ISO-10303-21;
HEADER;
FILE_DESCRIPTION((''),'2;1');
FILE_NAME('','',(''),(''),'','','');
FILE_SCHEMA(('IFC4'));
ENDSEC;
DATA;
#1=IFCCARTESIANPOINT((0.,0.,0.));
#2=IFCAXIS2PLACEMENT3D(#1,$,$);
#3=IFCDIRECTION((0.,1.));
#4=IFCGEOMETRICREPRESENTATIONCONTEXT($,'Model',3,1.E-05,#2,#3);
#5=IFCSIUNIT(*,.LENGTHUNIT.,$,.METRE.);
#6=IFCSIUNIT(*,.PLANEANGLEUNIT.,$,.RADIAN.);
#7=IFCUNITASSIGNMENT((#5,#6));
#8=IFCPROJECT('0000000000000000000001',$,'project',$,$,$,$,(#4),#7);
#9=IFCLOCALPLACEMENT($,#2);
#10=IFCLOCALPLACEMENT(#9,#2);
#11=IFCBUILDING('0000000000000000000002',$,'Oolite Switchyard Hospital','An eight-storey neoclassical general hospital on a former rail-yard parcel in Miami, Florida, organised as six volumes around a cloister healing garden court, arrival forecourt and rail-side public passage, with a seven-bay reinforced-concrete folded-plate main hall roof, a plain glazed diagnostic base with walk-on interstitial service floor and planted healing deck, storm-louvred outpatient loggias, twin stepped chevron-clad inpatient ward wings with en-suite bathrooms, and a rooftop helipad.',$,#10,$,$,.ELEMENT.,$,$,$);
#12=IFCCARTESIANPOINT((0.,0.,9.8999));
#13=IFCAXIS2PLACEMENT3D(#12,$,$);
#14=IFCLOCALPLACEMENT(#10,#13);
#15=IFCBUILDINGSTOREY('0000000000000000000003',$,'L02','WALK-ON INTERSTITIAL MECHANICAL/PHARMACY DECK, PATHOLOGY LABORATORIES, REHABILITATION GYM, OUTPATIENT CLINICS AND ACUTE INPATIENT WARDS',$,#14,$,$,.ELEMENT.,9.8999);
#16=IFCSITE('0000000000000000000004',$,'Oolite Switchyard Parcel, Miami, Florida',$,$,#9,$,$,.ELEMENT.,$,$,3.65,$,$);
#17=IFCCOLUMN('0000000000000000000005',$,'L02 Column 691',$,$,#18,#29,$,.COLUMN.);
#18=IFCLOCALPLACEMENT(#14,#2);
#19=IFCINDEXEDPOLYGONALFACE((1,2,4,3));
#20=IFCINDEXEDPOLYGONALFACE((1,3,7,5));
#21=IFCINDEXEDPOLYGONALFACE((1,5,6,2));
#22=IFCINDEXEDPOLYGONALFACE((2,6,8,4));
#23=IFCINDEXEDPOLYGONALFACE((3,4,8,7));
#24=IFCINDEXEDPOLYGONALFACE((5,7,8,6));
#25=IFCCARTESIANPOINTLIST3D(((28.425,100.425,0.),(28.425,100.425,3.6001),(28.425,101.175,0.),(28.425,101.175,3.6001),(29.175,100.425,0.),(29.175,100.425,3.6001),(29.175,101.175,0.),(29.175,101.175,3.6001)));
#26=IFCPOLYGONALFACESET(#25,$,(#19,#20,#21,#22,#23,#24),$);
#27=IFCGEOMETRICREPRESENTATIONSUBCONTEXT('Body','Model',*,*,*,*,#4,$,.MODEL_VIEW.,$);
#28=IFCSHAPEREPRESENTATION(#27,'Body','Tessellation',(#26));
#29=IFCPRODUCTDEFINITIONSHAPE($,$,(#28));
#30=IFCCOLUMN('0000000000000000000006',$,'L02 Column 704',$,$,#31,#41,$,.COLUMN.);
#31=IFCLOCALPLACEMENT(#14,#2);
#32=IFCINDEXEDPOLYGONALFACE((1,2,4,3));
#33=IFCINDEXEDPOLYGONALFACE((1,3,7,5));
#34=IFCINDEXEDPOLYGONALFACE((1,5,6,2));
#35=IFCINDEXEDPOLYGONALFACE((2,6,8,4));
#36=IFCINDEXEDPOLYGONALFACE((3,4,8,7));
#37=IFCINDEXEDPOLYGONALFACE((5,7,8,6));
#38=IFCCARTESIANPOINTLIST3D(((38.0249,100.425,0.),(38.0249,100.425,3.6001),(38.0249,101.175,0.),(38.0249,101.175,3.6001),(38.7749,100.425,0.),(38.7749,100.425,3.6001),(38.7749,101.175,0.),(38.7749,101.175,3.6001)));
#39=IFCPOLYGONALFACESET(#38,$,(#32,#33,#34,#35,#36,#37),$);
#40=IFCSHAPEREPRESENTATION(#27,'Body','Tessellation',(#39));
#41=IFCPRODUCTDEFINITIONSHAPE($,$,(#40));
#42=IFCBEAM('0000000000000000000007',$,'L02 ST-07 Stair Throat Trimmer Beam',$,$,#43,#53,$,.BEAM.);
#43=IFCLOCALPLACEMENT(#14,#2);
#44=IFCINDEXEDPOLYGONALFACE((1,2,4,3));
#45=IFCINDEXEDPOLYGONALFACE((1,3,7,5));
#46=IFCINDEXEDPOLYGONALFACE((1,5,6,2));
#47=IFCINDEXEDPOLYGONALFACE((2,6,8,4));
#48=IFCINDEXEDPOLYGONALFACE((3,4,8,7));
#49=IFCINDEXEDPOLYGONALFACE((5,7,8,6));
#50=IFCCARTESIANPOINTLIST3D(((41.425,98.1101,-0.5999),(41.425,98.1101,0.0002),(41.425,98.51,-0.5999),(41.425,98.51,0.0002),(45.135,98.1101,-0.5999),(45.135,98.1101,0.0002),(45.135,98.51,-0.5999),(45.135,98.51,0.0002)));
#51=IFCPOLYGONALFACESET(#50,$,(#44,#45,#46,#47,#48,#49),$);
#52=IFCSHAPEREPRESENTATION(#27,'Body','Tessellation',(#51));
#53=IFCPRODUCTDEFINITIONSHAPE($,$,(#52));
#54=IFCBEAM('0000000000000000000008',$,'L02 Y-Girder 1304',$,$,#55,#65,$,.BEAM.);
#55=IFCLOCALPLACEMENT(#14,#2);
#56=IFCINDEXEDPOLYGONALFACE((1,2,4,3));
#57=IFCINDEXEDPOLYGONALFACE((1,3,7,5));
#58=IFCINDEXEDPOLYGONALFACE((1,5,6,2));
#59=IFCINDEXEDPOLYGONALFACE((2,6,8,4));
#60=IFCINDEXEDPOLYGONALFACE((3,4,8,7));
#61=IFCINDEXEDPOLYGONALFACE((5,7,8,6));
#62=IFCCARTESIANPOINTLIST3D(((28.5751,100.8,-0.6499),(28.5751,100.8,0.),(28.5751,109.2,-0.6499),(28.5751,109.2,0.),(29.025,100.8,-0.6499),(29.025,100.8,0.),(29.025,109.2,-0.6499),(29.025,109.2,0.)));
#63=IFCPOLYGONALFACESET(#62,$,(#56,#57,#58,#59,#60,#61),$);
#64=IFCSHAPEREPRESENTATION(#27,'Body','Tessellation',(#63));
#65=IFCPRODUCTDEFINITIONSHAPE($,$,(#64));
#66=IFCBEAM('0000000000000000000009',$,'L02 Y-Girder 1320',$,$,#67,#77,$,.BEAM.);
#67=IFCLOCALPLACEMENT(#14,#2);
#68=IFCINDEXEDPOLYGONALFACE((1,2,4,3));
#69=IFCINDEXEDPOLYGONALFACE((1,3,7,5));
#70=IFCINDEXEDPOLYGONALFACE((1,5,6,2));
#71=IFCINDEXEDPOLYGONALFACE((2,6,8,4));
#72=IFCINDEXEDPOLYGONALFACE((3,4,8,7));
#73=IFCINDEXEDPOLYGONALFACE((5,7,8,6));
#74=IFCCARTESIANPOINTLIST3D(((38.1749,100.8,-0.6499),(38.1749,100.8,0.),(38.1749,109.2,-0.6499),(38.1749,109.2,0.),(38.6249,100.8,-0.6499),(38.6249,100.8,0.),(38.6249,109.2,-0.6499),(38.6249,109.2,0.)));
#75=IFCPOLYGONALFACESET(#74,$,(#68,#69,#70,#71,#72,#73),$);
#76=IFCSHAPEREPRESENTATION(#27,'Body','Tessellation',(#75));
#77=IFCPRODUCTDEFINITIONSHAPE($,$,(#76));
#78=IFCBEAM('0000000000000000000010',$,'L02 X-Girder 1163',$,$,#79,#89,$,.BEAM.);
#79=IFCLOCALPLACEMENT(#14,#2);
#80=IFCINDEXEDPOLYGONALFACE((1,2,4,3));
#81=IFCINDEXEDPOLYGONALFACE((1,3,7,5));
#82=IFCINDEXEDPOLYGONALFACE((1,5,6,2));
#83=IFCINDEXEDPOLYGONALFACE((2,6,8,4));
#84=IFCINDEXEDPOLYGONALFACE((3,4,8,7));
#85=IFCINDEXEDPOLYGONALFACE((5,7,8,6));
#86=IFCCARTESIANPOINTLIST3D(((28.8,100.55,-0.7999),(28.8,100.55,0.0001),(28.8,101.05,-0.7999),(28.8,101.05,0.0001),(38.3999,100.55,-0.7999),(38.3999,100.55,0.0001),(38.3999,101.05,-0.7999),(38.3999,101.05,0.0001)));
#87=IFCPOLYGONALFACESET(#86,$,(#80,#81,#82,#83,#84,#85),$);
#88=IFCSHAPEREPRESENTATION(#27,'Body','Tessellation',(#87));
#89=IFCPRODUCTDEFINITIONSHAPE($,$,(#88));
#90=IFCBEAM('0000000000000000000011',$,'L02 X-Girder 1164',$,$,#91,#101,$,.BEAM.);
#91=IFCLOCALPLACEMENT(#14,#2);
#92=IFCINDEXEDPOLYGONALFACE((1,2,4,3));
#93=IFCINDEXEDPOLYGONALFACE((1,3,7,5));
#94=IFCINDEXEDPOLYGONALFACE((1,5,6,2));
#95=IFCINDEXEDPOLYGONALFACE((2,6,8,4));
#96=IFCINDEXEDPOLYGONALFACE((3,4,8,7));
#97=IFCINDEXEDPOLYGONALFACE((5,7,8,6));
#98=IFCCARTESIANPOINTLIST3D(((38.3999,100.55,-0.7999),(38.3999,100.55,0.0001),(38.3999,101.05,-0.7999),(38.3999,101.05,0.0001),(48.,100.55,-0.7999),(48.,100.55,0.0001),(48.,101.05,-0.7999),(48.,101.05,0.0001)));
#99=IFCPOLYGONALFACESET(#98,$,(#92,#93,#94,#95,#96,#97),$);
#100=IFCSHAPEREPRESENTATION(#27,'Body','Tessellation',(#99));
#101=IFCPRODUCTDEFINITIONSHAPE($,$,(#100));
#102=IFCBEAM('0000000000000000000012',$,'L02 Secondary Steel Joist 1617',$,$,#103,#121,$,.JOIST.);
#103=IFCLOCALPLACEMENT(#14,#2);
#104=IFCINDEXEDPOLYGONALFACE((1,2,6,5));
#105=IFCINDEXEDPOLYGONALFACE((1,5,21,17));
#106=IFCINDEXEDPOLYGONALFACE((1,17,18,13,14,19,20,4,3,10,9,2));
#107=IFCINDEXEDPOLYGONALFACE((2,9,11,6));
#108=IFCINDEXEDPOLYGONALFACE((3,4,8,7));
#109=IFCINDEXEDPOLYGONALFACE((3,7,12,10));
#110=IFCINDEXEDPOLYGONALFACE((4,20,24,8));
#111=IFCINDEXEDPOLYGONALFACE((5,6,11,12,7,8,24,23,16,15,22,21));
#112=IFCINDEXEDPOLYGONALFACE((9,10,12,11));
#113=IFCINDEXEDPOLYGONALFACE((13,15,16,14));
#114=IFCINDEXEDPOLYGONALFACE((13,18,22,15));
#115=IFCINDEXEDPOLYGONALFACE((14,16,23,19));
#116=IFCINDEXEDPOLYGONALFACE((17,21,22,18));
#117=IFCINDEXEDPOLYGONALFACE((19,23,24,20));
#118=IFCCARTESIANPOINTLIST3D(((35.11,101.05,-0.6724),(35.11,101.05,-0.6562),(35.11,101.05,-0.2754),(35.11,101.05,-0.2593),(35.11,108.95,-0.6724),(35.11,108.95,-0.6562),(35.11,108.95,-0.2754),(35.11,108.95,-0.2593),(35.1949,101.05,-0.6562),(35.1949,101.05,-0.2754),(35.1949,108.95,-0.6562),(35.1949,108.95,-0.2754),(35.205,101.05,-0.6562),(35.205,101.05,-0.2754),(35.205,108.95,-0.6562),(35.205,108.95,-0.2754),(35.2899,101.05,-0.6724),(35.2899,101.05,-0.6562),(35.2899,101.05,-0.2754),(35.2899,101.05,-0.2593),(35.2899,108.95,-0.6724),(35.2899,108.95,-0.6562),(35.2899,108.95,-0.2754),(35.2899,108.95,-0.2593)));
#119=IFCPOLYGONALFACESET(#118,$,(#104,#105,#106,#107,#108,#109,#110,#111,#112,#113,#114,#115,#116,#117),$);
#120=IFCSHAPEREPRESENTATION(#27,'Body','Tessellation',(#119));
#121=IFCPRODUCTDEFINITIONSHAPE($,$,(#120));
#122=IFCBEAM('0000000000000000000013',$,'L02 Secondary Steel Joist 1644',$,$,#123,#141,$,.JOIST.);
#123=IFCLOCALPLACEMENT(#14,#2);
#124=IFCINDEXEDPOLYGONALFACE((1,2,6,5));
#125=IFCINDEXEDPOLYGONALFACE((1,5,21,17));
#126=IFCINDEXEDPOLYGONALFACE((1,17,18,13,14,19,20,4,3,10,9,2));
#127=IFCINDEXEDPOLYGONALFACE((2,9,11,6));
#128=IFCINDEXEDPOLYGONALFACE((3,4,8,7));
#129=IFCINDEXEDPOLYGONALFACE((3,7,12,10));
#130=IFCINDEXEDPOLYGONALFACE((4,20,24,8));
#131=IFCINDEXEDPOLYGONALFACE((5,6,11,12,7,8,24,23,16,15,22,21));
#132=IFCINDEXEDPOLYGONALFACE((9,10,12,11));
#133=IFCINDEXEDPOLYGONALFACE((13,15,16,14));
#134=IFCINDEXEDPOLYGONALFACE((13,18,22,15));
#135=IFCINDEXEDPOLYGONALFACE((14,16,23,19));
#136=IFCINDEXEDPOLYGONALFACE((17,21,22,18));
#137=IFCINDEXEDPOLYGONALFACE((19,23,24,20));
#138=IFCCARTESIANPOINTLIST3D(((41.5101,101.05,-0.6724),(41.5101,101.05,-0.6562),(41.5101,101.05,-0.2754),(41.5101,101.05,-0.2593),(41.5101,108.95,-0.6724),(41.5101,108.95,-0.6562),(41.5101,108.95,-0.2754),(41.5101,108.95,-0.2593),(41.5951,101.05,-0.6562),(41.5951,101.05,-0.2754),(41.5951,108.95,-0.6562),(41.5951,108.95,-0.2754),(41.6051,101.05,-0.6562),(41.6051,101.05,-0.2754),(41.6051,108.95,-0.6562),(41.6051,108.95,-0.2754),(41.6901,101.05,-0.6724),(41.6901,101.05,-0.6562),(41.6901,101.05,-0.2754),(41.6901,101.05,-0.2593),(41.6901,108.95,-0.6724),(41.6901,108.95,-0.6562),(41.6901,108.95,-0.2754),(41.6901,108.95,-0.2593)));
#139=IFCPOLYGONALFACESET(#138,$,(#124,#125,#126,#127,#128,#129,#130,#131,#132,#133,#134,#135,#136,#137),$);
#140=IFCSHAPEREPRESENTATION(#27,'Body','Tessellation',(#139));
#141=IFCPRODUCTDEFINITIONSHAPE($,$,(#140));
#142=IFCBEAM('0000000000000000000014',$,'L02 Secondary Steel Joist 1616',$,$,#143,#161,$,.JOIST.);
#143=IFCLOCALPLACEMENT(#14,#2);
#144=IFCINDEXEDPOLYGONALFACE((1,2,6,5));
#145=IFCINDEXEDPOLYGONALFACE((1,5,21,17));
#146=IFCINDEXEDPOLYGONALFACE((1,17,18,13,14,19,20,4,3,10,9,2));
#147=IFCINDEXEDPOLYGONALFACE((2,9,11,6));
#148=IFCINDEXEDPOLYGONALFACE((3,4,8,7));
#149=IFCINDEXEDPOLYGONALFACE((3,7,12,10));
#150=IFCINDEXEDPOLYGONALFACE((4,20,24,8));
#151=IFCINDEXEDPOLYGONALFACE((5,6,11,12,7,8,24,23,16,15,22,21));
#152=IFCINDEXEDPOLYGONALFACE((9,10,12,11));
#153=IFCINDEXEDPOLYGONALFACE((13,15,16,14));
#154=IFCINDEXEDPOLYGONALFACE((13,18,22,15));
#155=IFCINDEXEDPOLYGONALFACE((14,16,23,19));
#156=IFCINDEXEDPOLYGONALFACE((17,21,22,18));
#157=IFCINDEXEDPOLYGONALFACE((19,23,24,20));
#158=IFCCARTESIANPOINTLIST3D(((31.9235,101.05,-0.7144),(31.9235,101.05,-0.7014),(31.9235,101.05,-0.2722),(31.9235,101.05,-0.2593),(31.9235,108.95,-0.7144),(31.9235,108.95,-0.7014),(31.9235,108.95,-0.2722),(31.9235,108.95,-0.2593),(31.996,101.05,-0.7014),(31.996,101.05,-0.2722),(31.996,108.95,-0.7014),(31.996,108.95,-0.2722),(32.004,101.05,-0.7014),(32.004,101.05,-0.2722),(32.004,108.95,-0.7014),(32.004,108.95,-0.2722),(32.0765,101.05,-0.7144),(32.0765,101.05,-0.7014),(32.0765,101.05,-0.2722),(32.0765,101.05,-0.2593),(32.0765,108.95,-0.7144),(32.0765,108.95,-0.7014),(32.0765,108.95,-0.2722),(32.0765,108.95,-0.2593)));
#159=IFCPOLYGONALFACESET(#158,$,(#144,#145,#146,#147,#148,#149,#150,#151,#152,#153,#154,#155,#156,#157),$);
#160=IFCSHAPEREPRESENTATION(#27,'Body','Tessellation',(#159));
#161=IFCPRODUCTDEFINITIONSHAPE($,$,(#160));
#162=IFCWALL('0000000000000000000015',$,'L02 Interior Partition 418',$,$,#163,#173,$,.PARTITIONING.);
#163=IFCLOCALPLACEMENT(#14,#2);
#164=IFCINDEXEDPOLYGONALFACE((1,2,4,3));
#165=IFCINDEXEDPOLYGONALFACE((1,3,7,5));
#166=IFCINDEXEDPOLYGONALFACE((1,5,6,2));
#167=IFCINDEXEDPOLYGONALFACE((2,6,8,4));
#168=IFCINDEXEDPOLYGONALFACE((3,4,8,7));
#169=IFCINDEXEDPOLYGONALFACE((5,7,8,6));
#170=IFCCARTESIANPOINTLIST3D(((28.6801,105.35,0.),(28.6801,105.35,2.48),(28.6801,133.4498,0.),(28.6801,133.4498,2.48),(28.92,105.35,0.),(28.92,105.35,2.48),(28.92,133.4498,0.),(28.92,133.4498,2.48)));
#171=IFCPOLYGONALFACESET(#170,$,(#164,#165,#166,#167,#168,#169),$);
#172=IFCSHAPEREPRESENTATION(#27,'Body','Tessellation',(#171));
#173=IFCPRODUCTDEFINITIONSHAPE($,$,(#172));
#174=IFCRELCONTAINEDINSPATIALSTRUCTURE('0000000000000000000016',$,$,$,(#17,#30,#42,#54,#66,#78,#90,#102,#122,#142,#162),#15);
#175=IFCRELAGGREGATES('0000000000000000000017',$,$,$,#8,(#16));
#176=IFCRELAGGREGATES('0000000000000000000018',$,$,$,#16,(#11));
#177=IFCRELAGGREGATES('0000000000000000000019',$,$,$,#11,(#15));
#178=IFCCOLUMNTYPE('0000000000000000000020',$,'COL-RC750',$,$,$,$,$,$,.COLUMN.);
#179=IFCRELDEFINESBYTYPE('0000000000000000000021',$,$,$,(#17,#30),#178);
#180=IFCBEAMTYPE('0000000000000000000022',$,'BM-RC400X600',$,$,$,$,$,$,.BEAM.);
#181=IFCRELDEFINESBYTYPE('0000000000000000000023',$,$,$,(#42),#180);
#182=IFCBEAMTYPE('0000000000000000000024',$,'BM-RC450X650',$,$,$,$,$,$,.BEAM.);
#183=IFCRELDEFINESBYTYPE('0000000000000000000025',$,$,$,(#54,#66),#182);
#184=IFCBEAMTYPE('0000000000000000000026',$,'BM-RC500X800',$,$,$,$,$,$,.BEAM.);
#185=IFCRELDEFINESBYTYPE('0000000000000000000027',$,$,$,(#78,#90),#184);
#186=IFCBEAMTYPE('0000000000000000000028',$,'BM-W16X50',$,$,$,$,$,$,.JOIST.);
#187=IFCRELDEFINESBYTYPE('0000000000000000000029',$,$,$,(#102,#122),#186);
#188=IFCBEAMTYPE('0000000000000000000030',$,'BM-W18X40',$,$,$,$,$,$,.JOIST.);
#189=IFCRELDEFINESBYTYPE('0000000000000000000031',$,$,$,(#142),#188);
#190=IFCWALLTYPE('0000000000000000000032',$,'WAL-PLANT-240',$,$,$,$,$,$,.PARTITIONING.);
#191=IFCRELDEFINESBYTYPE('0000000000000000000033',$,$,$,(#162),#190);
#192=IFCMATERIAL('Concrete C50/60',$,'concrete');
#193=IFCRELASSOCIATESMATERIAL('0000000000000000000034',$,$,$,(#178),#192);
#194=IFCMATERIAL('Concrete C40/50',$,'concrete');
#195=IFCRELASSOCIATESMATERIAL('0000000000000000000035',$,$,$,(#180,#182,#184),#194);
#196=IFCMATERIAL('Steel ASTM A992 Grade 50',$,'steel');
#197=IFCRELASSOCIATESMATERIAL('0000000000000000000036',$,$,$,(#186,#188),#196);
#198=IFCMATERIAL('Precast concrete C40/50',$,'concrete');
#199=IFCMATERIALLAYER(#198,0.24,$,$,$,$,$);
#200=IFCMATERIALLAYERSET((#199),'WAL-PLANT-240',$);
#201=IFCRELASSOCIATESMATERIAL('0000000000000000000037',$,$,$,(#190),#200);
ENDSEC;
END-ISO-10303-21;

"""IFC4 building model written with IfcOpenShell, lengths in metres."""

from ifc_helpers import new_model, si_unit, direction, frame, frame_2d, origin, origin_2d, place, context, subcontext, project, spatial, rectangle, i_section, extrude, material, layer, layer_set, material_profile, profile_set, type_object, element, save


model = new_model("IFC4")

# Units and contexts
model_context = context("Model", 3, precision=1e-05, world=origin(), true_north=direction((0.0, 1.0)))
body_context = subcontext(model_context, "Body", "Model", "MODEL_VIEW")
ifc_project = project(units=[si_unit("LENGTHUNIT", "METRE"), si_unit("PLANEANGLEUNIT", "RADIAN")], contexts=[model_context])

# Site, building, storey
site_placement = place(None, origin())
site = spatial("IfcSite", under=ifc_project, at=site_placement, Name="Oolite Switchyard Parcel, Miami, Florida", CompositionType="ELEMENT", RefElevation=3.65)
building_placement = place(site_placement, origin())
building = spatial("IfcBuilding", under=site, at=building_placement, Name="Oolite Switchyard Hospital", Description="An eight-storey neoclassical general hospital on a former rail-yard parcel in Miami, Florida, organised as six volumes around a cloister healing garden court, arrival forecourt and rail-side public passage, with a seven-bay reinforced-concrete folded-plate main hall roof, a plain glazed diagnostic base with walk-on interstitial service floor and planted healing deck, storm-louvred outpatient loggias, twin stepped chevron-clad inpatient ward wings with en-suite bathrooms, and a rooftop helipad.", CompositionType="ELEMENT")
storey_placement = place(building_placement, frame((0.0, 0.0, 9.8999)))
storey = spatial("IfcBuildingStorey", under=building, at=storey_placement, Name="L02", Description="WALK-ON INTERSTITIAL MECHANICAL/PHARMACY DECK, PATHOLOGY LABORATORIES, REHABILITATION GYM, OUTPATIENT CLINICS AND ACUTE INPATIENT WARDS", CompositionType="ELEMENT", Elevation=9.8999)

# Columns
ifc_material_1 = material(Name="Concrete C50/60", Category="concrete")
ifc_material_profile_1 = material_profile(ifc_material_1, rectangle(XDim=0.75, YDim=0.75, at=origin_2d()), Name="RC750X750")
ifc_profile_set_1 = profile_set([ifc_material_profile_1], Name="Concrete C50/60")
column_type = type_object("IfcColumnType", Name="COL-RC750", PredefinedType="COLUMN", material=ifc_profile_set_1)
for number, where, z_axis, x_axis, name in (
    (1, (28.8, 100.8, 0.0), (0.0, 0.0, 1.0), (1.0, 0.0, 0.0), "L02 Column 691"),
    (2, (38.3999, 100.8, 0.0), (0.0, 0.0, 1.0), (1.0, 0.0, 0.0), "L02 Column 704"),
):
    element("IfcColumn", number, at=place(storey_placement, frame(where, z_axis=z_axis, x_axis=x_axis)), inside=storey, type_object=column_type, Name=name, PredefinedType="COLUMN", context=body_context, shape_type="SweptSolid", body=[
        extrude(rectangle(XDim=0.75, YDim=0.75, at=origin_2d()), origin(), (0.0, 0.0, 1.0), 3.6001),
    ])

# Beams
ifc_material_2 = material(Name="Concrete C40/50", Category="concrete")
ifc_material_profile_2 = material_profile(ifc_material_2, rectangle(XDim=0.3999, YDim=0.6001, at=origin_2d()), Name="RCB400X600")
ifc_profile_set_2 = profile_set([ifc_material_profile_2], Name="Concrete C40/50")
beam_type_1 = type_object("IfcBeamType", Name="BM-RC400X600", PredefinedType="BEAM", material=ifc_profile_set_2)
beam_1_placement = place(storey_placement, frame((41.425, 98.3101, -0.2998), z_axis=(1.0, 0.0, 0.0), x_axis=(0.0, 1.0, 0.0)))
element("IfcBeam", 3, at=beam_1_placement, inside=storey, type_object=beam_type_1, Name="L02 ST-07 Stair Throat Trimmer Beam", PredefinedType="BEAM", context=body_context, shape_type="SweptSolid", body=[
    extrude(rectangle(XDim=0.3999, YDim=0.6001, at=origin_2d()), origin(), (0.0, 0.0, 1.0), 3.71),
])
ifc_material_profile_3 = material_profile(ifc_material_2, rectangle(XDim=0.45, YDim=0.6499, at=origin_2d()), Name="RCB450X650")
ifc_profile_set_3 = profile_set([ifc_material_profile_3], Name="Concrete C40/50")
beam_type_2 = type_object("IfcBeamType", Name="BM-RC450X650", PredefinedType="BEAM", material=ifc_profile_set_3)
for number, where, z_axis, x_axis, name in (
    (4, (28.8, 100.8, -0.325), (0.0, 1.0, 0.0), (-1.0, 0.0, 0.0), "L02 Y-Girder 1304"),
    (5, (38.3999, 100.8, -0.325), (0.0, 1.0, 0.0), (-1.0, 0.0, 0.0), "L02 Y-Girder 1320"),
):
    element("IfcBeam", number, at=place(storey_placement, frame(where, z_axis=z_axis, x_axis=x_axis)), inside=storey, type_object=beam_type_2, Name=name, PredefinedType="BEAM", context=body_context, shape_type="SweptSolid", body=[
        extrude(rectangle(XDim=0.45, YDim=0.6499, at=origin_2d()), origin(), (0.0, 0.0, 1.0), 8.3999),
    ])
ifc_material_profile_4 = material_profile(ifc_material_2, rectangle(XDim=0.5, YDim=0.8, at=origin_2d()), Name="RCB500X800")
ifc_profile_set_4 = profile_set([ifc_material_profile_4], Name="Concrete C40/50")
beam_type_3 = type_object("IfcBeamType", Name="BM-RC500X800", PredefinedType="BEAM", material=ifc_profile_set_4)
beam_2_placement = place(storey_placement, frame((28.8, 100.8, -0.3999), z_axis=(1.0, 0.0, 0.0), x_axis=(0.0, 1.0, 0.0)))
element("IfcBeam", 6, at=beam_2_placement, inside=storey, type_object=beam_type_3, Name="L02 X-Girder 1163", PredefinedType="BEAM", context=body_context, shape_type="SweptSolid", body=[
    extrude(rectangle(XDim=0.5, YDim=0.8, at=origin_2d()), origin(), (0.0, 0.0, 1.0), 9.5999),
])
beam_3_placement = place(storey_placement, frame((38.3999, 100.8, -0.3999), z_axis=(1.0, 0.0, 0.0), x_axis=(0.0, 1.0, 0.0)))
element("IfcBeam", 7, at=beam_3_placement, inside=storey, type_object=beam_type_3, Name="L02 X-Girder 1164", PredefinedType="BEAM", context=body_context, shape_type="SweptSolid", body=[
    extrude(rectangle(XDim=0.5, YDim=0.8, at=origin_2d()), origin(), (0.0, 0.0, 1.0), 9.6001),
])
ifc_material_3 = material(Name="Steel ASTM A992 Grade 50", Category="steel")
ifc_material_profile_5 = material_profile(ifc_material_3, i_section(OverallWidth=0.1799, OverallDepth=0.4131, WebThickness=0.01, FlangeThickness=0.0161, at=origin_2d()), Name="W16X50")
ifc_profile_set_5 = profile_set([ifc_material_profile_5], Name="Steel ASTM A992 Grade 50")
beam_type_4 = type_object("IfcBeamType", Name="BM-W16X50", PredefinedType="JOIST", material=ifc_profile_set_5)
for number, where, z_axis, x_axis, name in (
    (8, (35.2, 101.05, -0.4658), (0.0, 1.0, 0.0), (-1.0, 0.0, 0.0), "L02 Secondary Steel Joist 1617"),
    (9, (41.6001, 101.05, -0.4658), (0.0, 1.0, 0.0), (-1.0, 0.0, 0.0), "L02 Secondary Steel Joist 1644"),
):
    element("IfcBeam", number, at=place(storey_placement, frame(where, z_axis=z_axis, x_axis=x_axis)), inside=storey, type_object=beam_type_4, Name=name, PredefinedType="JOIST", context=body_context, shape_type="SweptSolid", body=[
        extrude(i_section(OverallWidth=0.1799, OverallDepth=0.4131, WebThickness=0.01, FlangeThickness=0.0161, at=origin_2d()), origin(), (0.0, 0.0, 1.0), 7.8999),
    ])
ifc_material_profile_6 = material_profile(ifc_material_3, i_section(OverallWidth=0.1531, OverallDepth=0.4551, WebThickness=0.0081, FlangeThickness=0.0129, at=origin_2d()), Name="W18X40")
ifc_profile_set_6 = profile_set([ifc_material_profile_6], Name="Steel ASTM A992 Grade 50")
beam_type_5 = type_object("IfcBeamType", Name="BM-W18X40", PredefinedType="JOIST", material=ifc_profile_set_6)
beam_4_placement = place(storey_placement, frame((32.0, 101.05, -0.4868), z_axis=(0.0, 1.0, 0.0), x_axis=(-1.0, 0.0, 0.0)))
element("IfcBeam", 10, at=beam_4_placement, inside=storey, type_object=beam_type_5, Name="L02 Secondary Steel Joist 1616", PredefinedType="JOIST", context=body_context, shape_type="SweptSolid", body=[
    extrude(i_section(OverallWidth=0.1531, OverallDepth=0.4551, WebThickness=0.0081, FlangeThickness=0.0129, at=origin_2d()), origin(), (0.0, 0.0, 1.0), 7.8999),
])

# Shared definitions
ifc_material_4 = material(Name="Precast concrete C40/50", Category="concrete")
ifc_layer_1 = layer(ifc_material_4, 0.24)
ifc_layer_set_1 = layer_set([ifc_layer_1], Name="WAL-PLANT-240")
wall_type_1 = type_object("IfcWallType", Name="WAL-PLANT-240", PredefinedType="PARTITIONING", material=ifc_layer_set_1)

# Wall
wall_1_placement = place(storey_placement, frame((28.8, 105.3501, 0.0), z_axis=(0.0, 0.0, 1.0), x_axis=(0.0, 1.0, 0.0)))
element("IfcWall", 11, at=wall_1_placement, inside=storey, type_object=wall_type_1, Name="L02 Interior Partition 418", PredefinedType="PARTITIONING", context=body_context, shape_type="SweptSolid", body=[
    extrude(rectangle(XDim=28.0999, YDim=0.24, at=frame_2d((14.0498, 0.0))), origin(), (0.0, 0.0, 1.0), 2.48),
])

save(model, "model.ifc")
